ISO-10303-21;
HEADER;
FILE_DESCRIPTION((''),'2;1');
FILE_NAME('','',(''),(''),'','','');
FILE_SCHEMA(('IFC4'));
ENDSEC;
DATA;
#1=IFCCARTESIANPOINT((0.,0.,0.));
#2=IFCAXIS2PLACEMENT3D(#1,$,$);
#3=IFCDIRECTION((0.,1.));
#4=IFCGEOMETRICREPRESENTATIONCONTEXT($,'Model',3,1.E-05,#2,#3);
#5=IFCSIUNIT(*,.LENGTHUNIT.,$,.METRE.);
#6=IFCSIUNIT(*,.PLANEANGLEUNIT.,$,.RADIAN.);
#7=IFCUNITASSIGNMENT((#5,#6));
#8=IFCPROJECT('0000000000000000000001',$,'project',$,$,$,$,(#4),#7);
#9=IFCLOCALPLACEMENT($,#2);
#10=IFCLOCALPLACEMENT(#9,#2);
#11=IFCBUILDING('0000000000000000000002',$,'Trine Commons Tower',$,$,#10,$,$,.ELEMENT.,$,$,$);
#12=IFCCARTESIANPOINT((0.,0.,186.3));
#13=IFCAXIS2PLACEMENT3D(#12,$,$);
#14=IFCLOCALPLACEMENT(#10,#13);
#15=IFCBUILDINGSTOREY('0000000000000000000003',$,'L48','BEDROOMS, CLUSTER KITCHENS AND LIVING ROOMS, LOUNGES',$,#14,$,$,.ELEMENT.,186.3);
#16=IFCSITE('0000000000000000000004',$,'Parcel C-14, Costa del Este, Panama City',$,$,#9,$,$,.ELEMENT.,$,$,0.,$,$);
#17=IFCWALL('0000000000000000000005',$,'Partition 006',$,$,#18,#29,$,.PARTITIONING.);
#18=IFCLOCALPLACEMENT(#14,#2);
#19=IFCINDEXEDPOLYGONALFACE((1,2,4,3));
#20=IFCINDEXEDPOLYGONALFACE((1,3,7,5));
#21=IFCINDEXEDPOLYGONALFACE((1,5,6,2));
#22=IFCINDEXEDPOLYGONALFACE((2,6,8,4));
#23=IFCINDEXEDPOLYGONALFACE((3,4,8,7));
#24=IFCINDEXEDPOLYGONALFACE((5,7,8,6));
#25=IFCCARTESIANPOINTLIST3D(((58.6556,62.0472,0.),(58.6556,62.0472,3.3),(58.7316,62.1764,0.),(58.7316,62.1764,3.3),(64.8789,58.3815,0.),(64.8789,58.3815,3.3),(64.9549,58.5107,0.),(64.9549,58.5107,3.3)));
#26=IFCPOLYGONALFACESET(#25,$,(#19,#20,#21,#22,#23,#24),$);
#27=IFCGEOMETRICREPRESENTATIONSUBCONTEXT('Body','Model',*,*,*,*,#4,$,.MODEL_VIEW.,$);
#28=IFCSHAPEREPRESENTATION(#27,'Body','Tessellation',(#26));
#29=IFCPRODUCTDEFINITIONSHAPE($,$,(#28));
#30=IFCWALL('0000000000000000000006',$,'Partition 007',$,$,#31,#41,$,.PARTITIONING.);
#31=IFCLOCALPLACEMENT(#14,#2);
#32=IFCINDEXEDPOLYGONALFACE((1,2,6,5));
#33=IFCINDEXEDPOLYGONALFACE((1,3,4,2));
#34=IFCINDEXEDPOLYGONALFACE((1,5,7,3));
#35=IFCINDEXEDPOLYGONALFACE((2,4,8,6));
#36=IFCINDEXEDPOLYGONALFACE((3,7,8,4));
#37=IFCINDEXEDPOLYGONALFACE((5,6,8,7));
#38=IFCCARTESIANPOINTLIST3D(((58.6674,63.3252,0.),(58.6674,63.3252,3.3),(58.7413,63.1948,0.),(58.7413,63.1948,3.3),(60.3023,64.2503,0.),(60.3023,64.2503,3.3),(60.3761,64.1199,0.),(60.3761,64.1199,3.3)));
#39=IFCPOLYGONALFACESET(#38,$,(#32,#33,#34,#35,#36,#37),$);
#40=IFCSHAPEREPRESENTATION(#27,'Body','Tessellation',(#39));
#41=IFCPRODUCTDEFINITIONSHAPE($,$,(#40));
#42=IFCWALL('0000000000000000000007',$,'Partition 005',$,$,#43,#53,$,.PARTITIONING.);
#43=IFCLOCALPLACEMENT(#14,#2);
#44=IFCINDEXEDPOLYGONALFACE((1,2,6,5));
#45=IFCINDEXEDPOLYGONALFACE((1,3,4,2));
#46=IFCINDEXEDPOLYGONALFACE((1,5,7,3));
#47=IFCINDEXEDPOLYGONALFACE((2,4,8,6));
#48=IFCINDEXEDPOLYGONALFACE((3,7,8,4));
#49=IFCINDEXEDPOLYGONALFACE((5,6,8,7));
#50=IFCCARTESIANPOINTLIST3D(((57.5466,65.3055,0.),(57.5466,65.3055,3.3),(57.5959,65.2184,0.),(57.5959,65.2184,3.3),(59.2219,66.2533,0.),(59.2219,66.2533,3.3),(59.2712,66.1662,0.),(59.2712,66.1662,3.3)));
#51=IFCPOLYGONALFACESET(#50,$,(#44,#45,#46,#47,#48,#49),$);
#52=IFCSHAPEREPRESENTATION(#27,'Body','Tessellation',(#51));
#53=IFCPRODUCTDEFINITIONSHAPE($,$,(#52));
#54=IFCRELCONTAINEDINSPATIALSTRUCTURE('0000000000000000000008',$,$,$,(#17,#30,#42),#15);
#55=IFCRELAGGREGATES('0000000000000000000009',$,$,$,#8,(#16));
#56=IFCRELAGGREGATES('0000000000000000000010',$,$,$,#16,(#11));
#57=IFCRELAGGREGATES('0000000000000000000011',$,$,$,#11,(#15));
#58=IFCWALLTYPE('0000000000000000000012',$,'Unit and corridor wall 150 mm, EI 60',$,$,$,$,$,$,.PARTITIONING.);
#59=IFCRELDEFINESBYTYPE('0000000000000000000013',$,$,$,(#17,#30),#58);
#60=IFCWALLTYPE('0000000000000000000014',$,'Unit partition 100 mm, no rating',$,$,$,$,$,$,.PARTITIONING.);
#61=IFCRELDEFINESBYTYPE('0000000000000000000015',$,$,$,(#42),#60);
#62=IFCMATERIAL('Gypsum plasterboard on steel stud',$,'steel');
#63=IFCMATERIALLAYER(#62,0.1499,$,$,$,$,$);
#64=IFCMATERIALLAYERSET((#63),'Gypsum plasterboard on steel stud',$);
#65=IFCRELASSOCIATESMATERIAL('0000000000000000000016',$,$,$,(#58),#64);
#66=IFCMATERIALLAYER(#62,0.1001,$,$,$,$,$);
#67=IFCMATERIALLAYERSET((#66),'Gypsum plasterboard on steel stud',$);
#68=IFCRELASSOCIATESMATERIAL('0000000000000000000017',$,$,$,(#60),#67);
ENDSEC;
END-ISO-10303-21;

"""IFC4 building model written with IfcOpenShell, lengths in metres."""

from ifc_helpers import new_model, si_unit, direction, frame, frame_2d, origin, place, context, subcontext, project, spatial, rectangle, extrude, material, layer, layer_set, type_object, element, save


model = new_model("IFC4")

# Units and contexts
model_context = context("Model", 3, precision=1e-05, world=origin(), true_north=direction((0.0, 1.0)))
body_context = subcontext(model_context, "Body", "Model", "MODEL_VIEW")
ifc_project = project(units=[si_unit("LENGTHUNIT", "METRE"), si_unit("PLANEANGLEUNIT", "RADIAN")], contexts=[model_context])

# Site, building, storey
site_placement = place(None, origin())
site = spatial("IfcSite", under=ifc_project, at=site_placement, Name="Parcel C-14, Costa del Este, Panama City", CompositionType="ELEMENT", RefElevation=0.0)
building_placement = place(site_placement, origin())
building = spatial("IfcBuilding", under=site, at=building_placement, Name="Trine Commons Tower", CompositionType="ELEMENT")
storey_placement = place(building_placement, frame((0.0, 0.0, 186.3)))
storey = spatial("IfcBuildingStorey", under=building, at=storey_placement, Name="L48", Description="BEDROOMS, CLUSTER KITCHENS AND LIVING ROOMS, LOUNGES", CompositionType="ELEMENT", Elevation=186.3)

# Shared definitions
ifc_material_1 = material(Name="Gypsum plasterboard on steel stud", Category="steel")
ifc_layer_1 = layer(ifc_material_1, 0.1499)
ifc_layer_set_1 = layer_set([ifc_layer_1], Name="Gypsum plasterboard on steel stud")
wall_type_1 = type_object("IfcWallType", Name="Unit and corridor wall 150 mm, EI 60", PredefinedType="PARTITIONING", material=ifc_layer_set_1)

# Walls
wall_1_placement = place(storey_placement, frame((58.6936, 62.1118, 0.0), z_axis=(0.0, 0.0, 1.0), x_axis=(0.861634, -0.50753, 0.0)))
element("IfcWall", 1, at=wall_1_placement, inside=storey, type_object=wall_type_1, Name="Partition 006", PredefinedType="PARTITIONING", context=body_context, shape_type="SweptSolid", body=[
    extrude(rectangle(XDim=7.2227, YDim=0.1499, at=frame_2d((3.6113, 0.0))), origin(), (0.0, 0.0, 1.0), 3.3),
])
wall_2_placement = place(storey_placement, frame((58.7043, 63.26, 0.0), z_axis=(0.0, 0.0, 1.0), x_axis=(0.870323, 0.492481, 0.0)))
element("IfcWall", 2, at=wall_2_placement, inside=storey, type_object=wall_type_1, Name="Partition 007", PredefinedType="PARTITIONING", context=body_context, shape_type="SweptSolid", body=[
    extrude(rectangle(XDim=1.8784, YDim=0.1499, at=frame_2d((0.9392, 0.0))), origin(), (0.0, 0.0, 1.0), 3.3),
])
ifc_layer_2 = layer(ifc_material_1, 0.1001)
ifc_layer_set_2 = layer_set([ifc_layer_2], Name="Gypsum plasterboard on steel stud")
wall_type_2 = type_object("IfcWallType", Name="Unit partition 100 mm, no rating", PredefinedType="PARTITIONING", material=ifc_layer_set_2)
wall_3_placement = place(storey_placement, frame((57.5713, 65.262, 0.0), z_axis=(0.0, 0.0, 1.0), x_axis=(0.870374, 0.492392, 0.0)))
element("IfcWall", 3, at=wall_3_placement, inside=storey, type_object=wall_type_2, Name="Partition 005", PredefinedType="PARTITIONING", context=body_context, shape_type="SweptSolid", body=[
    extrude(rectangle(XDim=1.9248, YDim=0.1001, at=frame_2d((0.9624, 0.0))), origin(), (0.0, 0.0, 1.0), 3.3),
])

save(model, "model.ifc")
